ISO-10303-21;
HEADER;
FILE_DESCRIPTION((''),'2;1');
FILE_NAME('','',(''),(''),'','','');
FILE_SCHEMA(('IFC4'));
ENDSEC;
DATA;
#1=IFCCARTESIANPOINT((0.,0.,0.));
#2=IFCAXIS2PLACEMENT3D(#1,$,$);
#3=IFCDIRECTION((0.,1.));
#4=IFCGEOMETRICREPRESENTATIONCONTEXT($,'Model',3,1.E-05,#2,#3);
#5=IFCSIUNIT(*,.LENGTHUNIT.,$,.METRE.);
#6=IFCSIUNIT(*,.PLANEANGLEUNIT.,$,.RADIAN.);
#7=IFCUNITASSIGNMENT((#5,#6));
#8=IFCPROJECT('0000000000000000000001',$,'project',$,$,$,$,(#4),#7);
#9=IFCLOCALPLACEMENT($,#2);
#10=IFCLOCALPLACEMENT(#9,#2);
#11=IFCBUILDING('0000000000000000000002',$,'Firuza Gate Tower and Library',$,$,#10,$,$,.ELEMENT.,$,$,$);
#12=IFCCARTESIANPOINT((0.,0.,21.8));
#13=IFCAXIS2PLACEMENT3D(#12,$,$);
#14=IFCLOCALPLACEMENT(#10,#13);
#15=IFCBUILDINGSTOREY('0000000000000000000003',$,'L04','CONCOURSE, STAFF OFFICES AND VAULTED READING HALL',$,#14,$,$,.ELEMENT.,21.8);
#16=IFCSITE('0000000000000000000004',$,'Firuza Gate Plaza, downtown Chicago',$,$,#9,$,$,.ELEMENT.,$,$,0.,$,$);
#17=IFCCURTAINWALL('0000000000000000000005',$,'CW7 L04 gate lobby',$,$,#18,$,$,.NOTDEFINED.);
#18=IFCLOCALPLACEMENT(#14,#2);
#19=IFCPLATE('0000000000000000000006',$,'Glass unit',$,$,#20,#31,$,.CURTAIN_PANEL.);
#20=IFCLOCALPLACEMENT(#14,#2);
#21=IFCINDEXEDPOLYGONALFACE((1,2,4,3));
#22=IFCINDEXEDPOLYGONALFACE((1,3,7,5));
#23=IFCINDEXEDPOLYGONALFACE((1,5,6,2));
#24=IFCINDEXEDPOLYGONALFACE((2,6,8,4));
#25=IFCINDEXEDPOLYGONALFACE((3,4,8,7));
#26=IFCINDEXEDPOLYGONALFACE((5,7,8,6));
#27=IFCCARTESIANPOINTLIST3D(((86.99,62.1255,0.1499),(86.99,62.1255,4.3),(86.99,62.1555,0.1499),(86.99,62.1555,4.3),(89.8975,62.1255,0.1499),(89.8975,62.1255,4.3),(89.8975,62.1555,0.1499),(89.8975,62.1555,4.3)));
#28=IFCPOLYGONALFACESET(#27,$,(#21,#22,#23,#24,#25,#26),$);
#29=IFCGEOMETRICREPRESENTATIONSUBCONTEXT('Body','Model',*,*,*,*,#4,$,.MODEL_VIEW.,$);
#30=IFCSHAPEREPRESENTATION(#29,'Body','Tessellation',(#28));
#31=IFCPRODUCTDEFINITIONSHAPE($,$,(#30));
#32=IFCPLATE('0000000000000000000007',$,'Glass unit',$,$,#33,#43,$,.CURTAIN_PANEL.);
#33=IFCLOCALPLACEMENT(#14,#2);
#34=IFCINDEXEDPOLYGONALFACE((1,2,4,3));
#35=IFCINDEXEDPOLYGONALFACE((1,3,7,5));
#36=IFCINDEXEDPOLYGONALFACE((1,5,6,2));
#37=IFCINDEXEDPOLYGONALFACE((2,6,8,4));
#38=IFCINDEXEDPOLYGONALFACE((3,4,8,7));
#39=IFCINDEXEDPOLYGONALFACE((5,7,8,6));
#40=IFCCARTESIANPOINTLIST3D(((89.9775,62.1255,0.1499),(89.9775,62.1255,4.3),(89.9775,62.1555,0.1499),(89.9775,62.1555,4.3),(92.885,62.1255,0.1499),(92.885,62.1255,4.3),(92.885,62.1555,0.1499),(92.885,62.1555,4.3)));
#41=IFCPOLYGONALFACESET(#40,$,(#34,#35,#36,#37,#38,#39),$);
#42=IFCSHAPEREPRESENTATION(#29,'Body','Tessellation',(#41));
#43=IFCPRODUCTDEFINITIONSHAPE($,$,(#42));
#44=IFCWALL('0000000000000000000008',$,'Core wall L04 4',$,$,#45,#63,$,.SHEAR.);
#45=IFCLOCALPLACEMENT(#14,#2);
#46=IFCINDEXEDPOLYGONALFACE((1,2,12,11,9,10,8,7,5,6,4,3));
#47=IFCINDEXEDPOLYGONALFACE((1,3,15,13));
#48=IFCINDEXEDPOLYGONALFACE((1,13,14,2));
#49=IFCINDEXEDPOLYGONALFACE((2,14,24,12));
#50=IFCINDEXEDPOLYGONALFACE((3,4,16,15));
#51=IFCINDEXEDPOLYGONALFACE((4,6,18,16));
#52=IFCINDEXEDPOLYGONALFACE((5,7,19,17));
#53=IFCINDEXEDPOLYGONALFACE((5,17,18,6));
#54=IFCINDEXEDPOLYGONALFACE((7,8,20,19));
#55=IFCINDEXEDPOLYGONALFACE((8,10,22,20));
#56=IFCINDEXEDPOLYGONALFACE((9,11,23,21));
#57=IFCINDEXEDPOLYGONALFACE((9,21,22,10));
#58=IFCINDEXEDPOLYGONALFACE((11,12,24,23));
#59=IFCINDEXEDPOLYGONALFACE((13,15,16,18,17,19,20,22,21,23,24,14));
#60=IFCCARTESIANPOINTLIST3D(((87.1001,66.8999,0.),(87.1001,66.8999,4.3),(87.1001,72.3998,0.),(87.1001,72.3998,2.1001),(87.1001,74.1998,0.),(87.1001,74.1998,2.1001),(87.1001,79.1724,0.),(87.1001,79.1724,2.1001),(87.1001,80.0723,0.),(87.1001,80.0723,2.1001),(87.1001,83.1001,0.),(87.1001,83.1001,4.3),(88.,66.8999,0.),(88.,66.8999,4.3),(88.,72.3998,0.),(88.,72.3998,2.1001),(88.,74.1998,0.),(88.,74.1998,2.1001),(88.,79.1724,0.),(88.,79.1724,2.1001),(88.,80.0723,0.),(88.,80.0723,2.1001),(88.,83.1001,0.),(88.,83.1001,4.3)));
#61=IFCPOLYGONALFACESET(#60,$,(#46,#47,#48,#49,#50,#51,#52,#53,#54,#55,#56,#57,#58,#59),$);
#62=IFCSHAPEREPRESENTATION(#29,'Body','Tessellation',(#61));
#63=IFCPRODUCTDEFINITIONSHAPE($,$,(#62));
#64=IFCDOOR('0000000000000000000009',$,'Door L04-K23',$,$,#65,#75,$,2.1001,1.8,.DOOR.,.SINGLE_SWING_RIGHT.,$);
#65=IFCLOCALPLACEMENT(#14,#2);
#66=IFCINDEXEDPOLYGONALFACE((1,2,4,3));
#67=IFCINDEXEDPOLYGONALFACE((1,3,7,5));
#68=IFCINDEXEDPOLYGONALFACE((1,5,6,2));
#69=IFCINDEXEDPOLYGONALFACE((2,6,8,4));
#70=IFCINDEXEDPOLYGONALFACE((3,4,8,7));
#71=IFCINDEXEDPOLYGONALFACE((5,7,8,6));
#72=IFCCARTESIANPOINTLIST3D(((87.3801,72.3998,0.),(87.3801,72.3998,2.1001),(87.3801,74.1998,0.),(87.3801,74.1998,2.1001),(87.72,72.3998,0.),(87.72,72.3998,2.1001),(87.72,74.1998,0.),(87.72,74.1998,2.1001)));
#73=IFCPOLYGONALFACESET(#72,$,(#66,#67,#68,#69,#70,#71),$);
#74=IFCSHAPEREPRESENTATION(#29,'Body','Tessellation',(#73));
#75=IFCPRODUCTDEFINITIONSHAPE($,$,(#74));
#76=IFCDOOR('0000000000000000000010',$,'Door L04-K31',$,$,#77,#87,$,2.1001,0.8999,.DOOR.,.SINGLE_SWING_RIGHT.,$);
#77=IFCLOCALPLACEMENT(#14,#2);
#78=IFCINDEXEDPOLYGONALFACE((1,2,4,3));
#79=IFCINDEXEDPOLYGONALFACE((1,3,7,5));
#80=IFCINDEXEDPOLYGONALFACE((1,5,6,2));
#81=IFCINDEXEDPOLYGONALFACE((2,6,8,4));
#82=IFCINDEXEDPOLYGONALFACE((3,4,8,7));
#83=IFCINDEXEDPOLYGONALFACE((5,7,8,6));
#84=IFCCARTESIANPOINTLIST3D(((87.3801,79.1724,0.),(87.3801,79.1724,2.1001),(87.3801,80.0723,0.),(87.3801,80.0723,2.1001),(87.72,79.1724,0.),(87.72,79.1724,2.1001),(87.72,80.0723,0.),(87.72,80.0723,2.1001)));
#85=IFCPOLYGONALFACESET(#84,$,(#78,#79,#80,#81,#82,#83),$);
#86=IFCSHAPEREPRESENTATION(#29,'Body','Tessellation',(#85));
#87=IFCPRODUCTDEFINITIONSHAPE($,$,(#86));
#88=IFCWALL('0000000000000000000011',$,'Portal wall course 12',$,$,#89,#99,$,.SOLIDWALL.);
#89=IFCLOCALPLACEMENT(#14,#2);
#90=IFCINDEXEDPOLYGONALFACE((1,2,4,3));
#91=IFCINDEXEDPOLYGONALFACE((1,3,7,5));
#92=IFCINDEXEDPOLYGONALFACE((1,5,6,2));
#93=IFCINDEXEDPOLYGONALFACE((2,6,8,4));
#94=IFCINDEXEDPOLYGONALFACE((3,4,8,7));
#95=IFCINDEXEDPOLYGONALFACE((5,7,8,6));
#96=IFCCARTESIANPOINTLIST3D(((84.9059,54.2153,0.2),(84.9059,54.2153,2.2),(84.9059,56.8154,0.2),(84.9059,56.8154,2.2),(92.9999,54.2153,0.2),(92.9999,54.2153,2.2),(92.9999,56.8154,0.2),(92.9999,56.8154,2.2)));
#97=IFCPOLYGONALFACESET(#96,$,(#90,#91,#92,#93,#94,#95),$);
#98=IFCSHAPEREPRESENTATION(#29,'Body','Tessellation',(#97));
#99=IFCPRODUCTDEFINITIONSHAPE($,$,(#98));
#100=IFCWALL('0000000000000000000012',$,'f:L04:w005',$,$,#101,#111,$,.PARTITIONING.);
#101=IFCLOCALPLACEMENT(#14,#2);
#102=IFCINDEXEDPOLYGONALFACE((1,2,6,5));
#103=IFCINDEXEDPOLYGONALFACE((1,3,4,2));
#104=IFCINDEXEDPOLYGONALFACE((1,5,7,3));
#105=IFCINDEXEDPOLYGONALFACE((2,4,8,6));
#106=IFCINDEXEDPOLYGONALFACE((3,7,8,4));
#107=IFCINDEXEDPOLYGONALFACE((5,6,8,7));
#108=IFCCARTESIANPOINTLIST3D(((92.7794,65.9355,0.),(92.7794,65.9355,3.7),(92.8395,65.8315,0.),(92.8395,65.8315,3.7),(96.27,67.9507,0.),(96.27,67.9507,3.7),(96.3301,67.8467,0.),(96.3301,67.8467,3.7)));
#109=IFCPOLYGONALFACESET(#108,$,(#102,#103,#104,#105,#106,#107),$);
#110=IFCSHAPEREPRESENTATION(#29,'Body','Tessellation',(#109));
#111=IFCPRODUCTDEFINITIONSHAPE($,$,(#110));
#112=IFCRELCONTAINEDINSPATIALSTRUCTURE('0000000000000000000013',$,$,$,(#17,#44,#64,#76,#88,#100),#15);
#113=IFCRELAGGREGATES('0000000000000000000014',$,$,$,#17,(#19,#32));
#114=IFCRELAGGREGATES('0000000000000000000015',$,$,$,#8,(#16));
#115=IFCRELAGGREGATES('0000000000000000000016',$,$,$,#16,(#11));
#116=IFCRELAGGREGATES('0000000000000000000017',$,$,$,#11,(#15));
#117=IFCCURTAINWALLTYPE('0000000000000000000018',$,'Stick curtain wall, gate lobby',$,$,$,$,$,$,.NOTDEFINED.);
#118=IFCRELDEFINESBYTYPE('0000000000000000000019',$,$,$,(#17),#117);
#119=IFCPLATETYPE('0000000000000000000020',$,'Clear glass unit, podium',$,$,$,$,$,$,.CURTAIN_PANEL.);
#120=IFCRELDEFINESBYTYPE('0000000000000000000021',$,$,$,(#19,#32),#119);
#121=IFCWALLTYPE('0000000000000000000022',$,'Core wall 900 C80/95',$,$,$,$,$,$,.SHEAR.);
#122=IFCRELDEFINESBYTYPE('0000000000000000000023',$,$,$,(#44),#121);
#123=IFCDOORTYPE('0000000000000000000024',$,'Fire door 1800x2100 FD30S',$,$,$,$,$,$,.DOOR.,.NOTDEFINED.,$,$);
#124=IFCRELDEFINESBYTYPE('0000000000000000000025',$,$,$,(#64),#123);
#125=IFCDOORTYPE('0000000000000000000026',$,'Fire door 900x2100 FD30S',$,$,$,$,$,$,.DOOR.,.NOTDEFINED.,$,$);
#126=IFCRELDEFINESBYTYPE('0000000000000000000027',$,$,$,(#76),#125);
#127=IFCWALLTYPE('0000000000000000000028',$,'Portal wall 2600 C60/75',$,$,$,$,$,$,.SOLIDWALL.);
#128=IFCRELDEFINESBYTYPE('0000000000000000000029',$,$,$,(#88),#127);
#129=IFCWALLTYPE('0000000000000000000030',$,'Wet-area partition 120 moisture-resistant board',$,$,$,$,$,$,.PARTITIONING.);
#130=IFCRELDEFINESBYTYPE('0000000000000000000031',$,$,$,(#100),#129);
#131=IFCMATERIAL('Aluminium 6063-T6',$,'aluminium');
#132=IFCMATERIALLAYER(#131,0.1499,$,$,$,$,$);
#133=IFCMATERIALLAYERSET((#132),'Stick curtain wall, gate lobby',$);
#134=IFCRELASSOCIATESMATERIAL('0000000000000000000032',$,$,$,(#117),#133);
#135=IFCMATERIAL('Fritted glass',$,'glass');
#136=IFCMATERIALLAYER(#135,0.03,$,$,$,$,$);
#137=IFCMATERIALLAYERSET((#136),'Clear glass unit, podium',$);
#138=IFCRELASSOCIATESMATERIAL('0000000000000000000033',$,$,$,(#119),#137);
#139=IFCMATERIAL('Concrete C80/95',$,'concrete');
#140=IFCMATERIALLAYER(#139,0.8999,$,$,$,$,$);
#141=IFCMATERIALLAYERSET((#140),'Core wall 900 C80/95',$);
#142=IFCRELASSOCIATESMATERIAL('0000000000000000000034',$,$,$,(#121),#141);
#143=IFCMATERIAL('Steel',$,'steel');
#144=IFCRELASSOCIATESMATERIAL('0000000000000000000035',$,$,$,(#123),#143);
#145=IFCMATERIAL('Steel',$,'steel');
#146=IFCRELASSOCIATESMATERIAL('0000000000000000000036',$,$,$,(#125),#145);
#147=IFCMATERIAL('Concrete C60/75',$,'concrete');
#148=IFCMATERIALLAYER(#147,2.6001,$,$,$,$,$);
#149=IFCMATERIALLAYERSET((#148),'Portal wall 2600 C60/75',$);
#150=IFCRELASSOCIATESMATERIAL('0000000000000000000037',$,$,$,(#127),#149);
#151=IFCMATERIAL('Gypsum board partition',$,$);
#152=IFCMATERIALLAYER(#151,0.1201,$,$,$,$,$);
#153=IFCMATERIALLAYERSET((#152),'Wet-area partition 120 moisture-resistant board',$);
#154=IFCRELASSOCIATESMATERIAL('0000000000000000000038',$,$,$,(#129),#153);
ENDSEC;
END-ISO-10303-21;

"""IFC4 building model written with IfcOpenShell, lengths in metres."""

from ifc_helpers import new_model, si_unit, direction, frame, frame_2d, origin, place, context, subcontext, project, spatial, polyline, rectangle, outline, extrude, material, layer, layer_set, type_object, element, fill, aggregate, save


model = new_model("IFC4")

# Units and contexts
model_context = context("Model", 3, precision=1e-05, world=origin(), true_north=direction((0.0, 1.0)))
body_context = subcontext(model_context, "Body", "Model", "MODEL_VIEW")
ifc_project = project(units=[si_unit("LENGTHUNIT", "METRE"), si_unit("PLANEANGLEUNIT", "RADIAN")], contexts=[model_context])

# Site, building, storey
site_placement = place(None, origin())
site = spatial("IfcSite", under=ifc_project, at=site_placement, Name="Firuza Gate Plaza, downtown Chicago", CompositionType="ELEMENT", RefElevation=0.0)
building_placement = place(site_placement, origin())
building = spatial("IfcBuilding", under=site, at=building_placement, Name="Firuza Gate Tower and Library", CompositionType="ELEMENT")
storey_placement = place(building_placement, frame((0.0, 0.0, 21.8)))
storey = spatial("IfcBuildingStorey", under=building, at=storey_placement, Name="L04", Description="CONCOURSE, STAFF OFFICES AND VAULTED READING HALL", CompositionType="ELEMENT", Elevation=21.8)

# Curtain wall
ifc_material_1 = material(Name="Aluminium 6063-T6", Category="aluminium")
ifc_layer_1 = layer(ifc_material_1, 0.1499)
ifc_layer_set_1 = layer_set([ifc_layer_1], Name="Stick curtain wall, gate lobby")
curtain_wall_type = type_object("IfcCurtainWallType", Name="Stick curtain wall, gate lobby", PredefinedType="NOTDEFINED", material=ifc_layer_set_1)
curtain_wall_placement = place(storey_placement, origin())
curtain_wall = element("IfcCurtainWall", 1, at=curtain_wall_placement, inside=storey, type_object=curtain_wall_type, Name="CW7 L04 gate lobby", PredefinedType="NOTDEFINED")

# Plates
ifc_material_2 = material(Name="Fritted glass", Category="glass")
ifc_layer_2 = layer(ifc_material_2, 0.03)
ifc_layer_set_2 = layer_set([ifc_layer_2], Name="Clear glass unit, podium")
plate_type = type_object("IfcPlateType", Name="Clear glass unit, podium", PredefinedType="CURTAIN_PANEL", material=ifc_layer_set_2)
plate_1_placement = place(storey_placement, frame((86.99, 62.1255, 0.1499), z_axis=(0.0, -1.0, 0.0), x_axis=(1.0, 0.0, 0.0)))
plate_1 = element("IfcPlate", 2, at=plate_1_placement, type_object=plate_type, Name="Glass unit", PredefinedType="CURTAIN_PANEL", context=body_context, shape_type="SweptSolid", body=[
    extrude(outline(polyline([(0.0, 0.0), (2.9075, 0.0), (2.9075, 4.1501), (0.0, 4.1501), (0.0, 0.0)])), origin(), (0.0, 0.0, -1.0), 0.03),
])
plate_2_placement = place(storey_placement, frame((89.9775, 62.1255, 0.1499), z_axis=(0.0, -1.0, 0.0), x_axis=(1.0, 0.0, 0.0)))
plate_2 = element("IfcPlate", 3, at=plate_2_placement, type_object=plate_type, Name="Glass unit", PredefinedType="CURTAIN_PANEL", context=body_context, shape_type="SweptSolid", body=[
    extrude(outline(polyline([(0.0, 0.0), (2.9075, 0.0), (2.9075, 4.1501), (0.0, 4.1501), (0.0, 0.0)])), origin(), (0.0, 0.0, -1.0), 0.03),
])
aggregate(curtain_wall, [plate_1, plate_2])

# Wall, openings, doors
ifc_material_3 = material(Name="Concrete C80/95", Category="concrete")
ifc_layer_3 = layer(ifc_material_3, 0.8999)
ifc_layer_set_3 = layer_set([ifc_layer_3], Name="Core wall 900 C80/95")
wall_type_1 = type_object("IfcWallType", Name="Core wall 900 C80/95", PredefinedType="SHEAR", material=ifc_layer_set_3)
wall_1_placement = place(storey_placement, frame((87.55, 66.8999, 0.0), z_axis=(0.0, 0.0, 1.0), x_axis=(0.0, 1.0, 0.0)))
wall_1 = element("IfcWall", 4, at=wall_1_placement, inside=storey, type_object=wall_type_1, Name="Core wall L04 4", PredefinedType="SHEAR", context=body_context, shape_type="SweptSolid", body=[
    extrude(rectangle(XDim=16.2002, YDim=0.8999, at=frame_2d((8.1001, 0.0))), origin(), (0.0, 0.0, 1.0), 4.3),
])
opening_1_placement = place(wall_1_placement, frame((5.5, 0.0, 0.0)))
opening_1 = element("IfcOpeningElement", 5, at=opening_1_placement, cuts=wall_1, PredefinedType="OPENING", context=body_context, shape_type="SweptSolid", body=[
    extrude(rectangle(XDim=1.8, YDim=2.1001, at=frame_2d((0.8999, 1.05))), frame((0.0, 0.46, 0.0), z_axis=(0.0, -1.0, 0.0), x_axis=(1.0, 0.0, 0.0)), (0.0, 0.0, 1.0), 0.9199),
])
opening_2_placement = place(wall_1_placement, frame((12.2725, 0.0, 0.0)))
opening_2 = element("IfcOpeningElement", 6, at=opening_2_placement, cuts=wall_1, PredefinedType="OPENING", context=body_context, shape_type="SweptSolid", body=[
    extrude(rectangle(XDim=0.8999, YDim=2.1001, at=frame_2d((0.45, 1.05))), frame((0.0, 0.46, 0.0), z_axis=(0.0, -1.0, 0.0), x_axis=(1.0, 0.0, 0.0)), (0.0, 0.0, 1.0), 0.9199),
])
ifc_material_4 = material(Name="Steel", Category="steel")
door_type_1 = type_object("IfcDoorType", Name="Fire door 1800x2100 FD30S", OperationType="NOTDEFINED", PredefinedType="DOOR", material=ifc_material_4)
door_1_placement = place(opening_1_placement, origin())
door_1 = element("IfcDoor", 7, at=door_1_placement, inside=storey, type_object=door_type_1, Name="Door L04-K23", OperationType="SINGLE_SWING_RIGHT", OverallHeight=2.1001, OverallWidth=1.8, PredefinedType="DOOR", context=body_context, shape_type="SweptSolid", body=[
    extrude(rectangle(XDim=1.8, YDim=2.1001, at=frame_2d((0.8999, 1.05))), frame((0.0, 0.1699, 0.0), z_axis=(0.0, -1.0, 0.0), x_axis=(1.0, 0.0, 0.0)), (0.0, 0.0, 1.0), 0.3398),
])
fill(opening_1, door_1)
ifc_material_5 = material(Name="Steel", Category="steel")
door_type_2 = type_object("IfcDoorType", Name="Fire door 900x2100 FD30S", OperationType="NOTDEFINED", PredefinedType="DOOR", material=ifc_material_5)
door_2_placement = place(opening_2_placement, origin())
door_2 = element("IfcDoor", 8, at=door_2_placement, inside=storey, type_object=door_type_2, Name="Door L04-K31", OperationType="SINGLE_SWING_RIGHT", OverallHeight=2.1001, OverallWidth=0.8999, PredefinedType="DOOR", context=body_context, shape_type="SweptSolid", body=[
    extrude(rectangle(XDim=0.8999, YDim=2.1001, at=frame_2d((0.45, 1.05))), frame((0.0, 0.1699, 0.0), z_axis=(0.0, -1.0, 0.0), x_axis=(1.0, 0.0, 0.0)), (0.0, 0.0, 1.0), 0.3398),
])
fill(opening_2, door_2)

# Walls
ifc_material_6 = material(Name="Concrete C60/75", Category="concrete")
ifc_layer_4 = layer(ifc_material_6, 2.6001)
ifc_layer_set_4 = layer_set([ifc_layer_4], Name="Portal wall 2600 C60/75")
wall_type_2 = type_object("IfcWallType", Name="Portal wall 2600 C60/75", PredefinedType="SOLIDWALL", material=ifc_layer_set_4)
wall_2_placement = place(storey_placement, frame((84.906, 55.5154, 0.2), z_axis=(0.0, 0.0, 1.0), x_axis=(1.0, 0.0, 0.0)))
element("IfcWall", 9, at=wall_2_placement, inside=storey, type_object=wall_type_2, Name="Portal wall course 12", PredefinedType="SOLIDWALL", context=body_context, shape_type="SweptSolid", body=[
    extrude(rectangle(XDim=8.094, YDim=2.6001, at=frame_2d((4.0469, 0.0))), origin(), (0.0, 0.0, 1.0), 2.0),
])
ifc_material_7 = material(Name="Gypsum board partition")
ifc_layer_5 = layer(ifc_material_7, 0.1201)
ifc_layer_set_5 = layer_set([ifc_layer_5], Name="Wet-area partition 120 moisture-resistant board")
wall_type_3 = type_object("IfcWallType", Name="Wet-area partition 120 moisture-resistant board", PredefinedType="PARTITIONING", material=ifc_layer_set_5)
wall_3_placement = place(storey_placement, frame((92.8096, 65.8835, 0.0), z_axis=(0.0, 0.0, 1.0), x_axis=(0.866035, 0.499983, 0.0)))
element("IfcWall", 10, at=wall_3_placement, inside=storey, type_object=wall_type_3, Name="f:L04:w005", PredefinedType="PARTITIONING", context=body_context, shape_type="SweptSolid", body=[
    extrude(rectangle(XDim=4.0305, YDim=0.1201, at=frame_2d((2.0151, 0.0))), origin(), (0.0, 0.0, 1.0), 3.7),
])

save(model, "model.ifc")
